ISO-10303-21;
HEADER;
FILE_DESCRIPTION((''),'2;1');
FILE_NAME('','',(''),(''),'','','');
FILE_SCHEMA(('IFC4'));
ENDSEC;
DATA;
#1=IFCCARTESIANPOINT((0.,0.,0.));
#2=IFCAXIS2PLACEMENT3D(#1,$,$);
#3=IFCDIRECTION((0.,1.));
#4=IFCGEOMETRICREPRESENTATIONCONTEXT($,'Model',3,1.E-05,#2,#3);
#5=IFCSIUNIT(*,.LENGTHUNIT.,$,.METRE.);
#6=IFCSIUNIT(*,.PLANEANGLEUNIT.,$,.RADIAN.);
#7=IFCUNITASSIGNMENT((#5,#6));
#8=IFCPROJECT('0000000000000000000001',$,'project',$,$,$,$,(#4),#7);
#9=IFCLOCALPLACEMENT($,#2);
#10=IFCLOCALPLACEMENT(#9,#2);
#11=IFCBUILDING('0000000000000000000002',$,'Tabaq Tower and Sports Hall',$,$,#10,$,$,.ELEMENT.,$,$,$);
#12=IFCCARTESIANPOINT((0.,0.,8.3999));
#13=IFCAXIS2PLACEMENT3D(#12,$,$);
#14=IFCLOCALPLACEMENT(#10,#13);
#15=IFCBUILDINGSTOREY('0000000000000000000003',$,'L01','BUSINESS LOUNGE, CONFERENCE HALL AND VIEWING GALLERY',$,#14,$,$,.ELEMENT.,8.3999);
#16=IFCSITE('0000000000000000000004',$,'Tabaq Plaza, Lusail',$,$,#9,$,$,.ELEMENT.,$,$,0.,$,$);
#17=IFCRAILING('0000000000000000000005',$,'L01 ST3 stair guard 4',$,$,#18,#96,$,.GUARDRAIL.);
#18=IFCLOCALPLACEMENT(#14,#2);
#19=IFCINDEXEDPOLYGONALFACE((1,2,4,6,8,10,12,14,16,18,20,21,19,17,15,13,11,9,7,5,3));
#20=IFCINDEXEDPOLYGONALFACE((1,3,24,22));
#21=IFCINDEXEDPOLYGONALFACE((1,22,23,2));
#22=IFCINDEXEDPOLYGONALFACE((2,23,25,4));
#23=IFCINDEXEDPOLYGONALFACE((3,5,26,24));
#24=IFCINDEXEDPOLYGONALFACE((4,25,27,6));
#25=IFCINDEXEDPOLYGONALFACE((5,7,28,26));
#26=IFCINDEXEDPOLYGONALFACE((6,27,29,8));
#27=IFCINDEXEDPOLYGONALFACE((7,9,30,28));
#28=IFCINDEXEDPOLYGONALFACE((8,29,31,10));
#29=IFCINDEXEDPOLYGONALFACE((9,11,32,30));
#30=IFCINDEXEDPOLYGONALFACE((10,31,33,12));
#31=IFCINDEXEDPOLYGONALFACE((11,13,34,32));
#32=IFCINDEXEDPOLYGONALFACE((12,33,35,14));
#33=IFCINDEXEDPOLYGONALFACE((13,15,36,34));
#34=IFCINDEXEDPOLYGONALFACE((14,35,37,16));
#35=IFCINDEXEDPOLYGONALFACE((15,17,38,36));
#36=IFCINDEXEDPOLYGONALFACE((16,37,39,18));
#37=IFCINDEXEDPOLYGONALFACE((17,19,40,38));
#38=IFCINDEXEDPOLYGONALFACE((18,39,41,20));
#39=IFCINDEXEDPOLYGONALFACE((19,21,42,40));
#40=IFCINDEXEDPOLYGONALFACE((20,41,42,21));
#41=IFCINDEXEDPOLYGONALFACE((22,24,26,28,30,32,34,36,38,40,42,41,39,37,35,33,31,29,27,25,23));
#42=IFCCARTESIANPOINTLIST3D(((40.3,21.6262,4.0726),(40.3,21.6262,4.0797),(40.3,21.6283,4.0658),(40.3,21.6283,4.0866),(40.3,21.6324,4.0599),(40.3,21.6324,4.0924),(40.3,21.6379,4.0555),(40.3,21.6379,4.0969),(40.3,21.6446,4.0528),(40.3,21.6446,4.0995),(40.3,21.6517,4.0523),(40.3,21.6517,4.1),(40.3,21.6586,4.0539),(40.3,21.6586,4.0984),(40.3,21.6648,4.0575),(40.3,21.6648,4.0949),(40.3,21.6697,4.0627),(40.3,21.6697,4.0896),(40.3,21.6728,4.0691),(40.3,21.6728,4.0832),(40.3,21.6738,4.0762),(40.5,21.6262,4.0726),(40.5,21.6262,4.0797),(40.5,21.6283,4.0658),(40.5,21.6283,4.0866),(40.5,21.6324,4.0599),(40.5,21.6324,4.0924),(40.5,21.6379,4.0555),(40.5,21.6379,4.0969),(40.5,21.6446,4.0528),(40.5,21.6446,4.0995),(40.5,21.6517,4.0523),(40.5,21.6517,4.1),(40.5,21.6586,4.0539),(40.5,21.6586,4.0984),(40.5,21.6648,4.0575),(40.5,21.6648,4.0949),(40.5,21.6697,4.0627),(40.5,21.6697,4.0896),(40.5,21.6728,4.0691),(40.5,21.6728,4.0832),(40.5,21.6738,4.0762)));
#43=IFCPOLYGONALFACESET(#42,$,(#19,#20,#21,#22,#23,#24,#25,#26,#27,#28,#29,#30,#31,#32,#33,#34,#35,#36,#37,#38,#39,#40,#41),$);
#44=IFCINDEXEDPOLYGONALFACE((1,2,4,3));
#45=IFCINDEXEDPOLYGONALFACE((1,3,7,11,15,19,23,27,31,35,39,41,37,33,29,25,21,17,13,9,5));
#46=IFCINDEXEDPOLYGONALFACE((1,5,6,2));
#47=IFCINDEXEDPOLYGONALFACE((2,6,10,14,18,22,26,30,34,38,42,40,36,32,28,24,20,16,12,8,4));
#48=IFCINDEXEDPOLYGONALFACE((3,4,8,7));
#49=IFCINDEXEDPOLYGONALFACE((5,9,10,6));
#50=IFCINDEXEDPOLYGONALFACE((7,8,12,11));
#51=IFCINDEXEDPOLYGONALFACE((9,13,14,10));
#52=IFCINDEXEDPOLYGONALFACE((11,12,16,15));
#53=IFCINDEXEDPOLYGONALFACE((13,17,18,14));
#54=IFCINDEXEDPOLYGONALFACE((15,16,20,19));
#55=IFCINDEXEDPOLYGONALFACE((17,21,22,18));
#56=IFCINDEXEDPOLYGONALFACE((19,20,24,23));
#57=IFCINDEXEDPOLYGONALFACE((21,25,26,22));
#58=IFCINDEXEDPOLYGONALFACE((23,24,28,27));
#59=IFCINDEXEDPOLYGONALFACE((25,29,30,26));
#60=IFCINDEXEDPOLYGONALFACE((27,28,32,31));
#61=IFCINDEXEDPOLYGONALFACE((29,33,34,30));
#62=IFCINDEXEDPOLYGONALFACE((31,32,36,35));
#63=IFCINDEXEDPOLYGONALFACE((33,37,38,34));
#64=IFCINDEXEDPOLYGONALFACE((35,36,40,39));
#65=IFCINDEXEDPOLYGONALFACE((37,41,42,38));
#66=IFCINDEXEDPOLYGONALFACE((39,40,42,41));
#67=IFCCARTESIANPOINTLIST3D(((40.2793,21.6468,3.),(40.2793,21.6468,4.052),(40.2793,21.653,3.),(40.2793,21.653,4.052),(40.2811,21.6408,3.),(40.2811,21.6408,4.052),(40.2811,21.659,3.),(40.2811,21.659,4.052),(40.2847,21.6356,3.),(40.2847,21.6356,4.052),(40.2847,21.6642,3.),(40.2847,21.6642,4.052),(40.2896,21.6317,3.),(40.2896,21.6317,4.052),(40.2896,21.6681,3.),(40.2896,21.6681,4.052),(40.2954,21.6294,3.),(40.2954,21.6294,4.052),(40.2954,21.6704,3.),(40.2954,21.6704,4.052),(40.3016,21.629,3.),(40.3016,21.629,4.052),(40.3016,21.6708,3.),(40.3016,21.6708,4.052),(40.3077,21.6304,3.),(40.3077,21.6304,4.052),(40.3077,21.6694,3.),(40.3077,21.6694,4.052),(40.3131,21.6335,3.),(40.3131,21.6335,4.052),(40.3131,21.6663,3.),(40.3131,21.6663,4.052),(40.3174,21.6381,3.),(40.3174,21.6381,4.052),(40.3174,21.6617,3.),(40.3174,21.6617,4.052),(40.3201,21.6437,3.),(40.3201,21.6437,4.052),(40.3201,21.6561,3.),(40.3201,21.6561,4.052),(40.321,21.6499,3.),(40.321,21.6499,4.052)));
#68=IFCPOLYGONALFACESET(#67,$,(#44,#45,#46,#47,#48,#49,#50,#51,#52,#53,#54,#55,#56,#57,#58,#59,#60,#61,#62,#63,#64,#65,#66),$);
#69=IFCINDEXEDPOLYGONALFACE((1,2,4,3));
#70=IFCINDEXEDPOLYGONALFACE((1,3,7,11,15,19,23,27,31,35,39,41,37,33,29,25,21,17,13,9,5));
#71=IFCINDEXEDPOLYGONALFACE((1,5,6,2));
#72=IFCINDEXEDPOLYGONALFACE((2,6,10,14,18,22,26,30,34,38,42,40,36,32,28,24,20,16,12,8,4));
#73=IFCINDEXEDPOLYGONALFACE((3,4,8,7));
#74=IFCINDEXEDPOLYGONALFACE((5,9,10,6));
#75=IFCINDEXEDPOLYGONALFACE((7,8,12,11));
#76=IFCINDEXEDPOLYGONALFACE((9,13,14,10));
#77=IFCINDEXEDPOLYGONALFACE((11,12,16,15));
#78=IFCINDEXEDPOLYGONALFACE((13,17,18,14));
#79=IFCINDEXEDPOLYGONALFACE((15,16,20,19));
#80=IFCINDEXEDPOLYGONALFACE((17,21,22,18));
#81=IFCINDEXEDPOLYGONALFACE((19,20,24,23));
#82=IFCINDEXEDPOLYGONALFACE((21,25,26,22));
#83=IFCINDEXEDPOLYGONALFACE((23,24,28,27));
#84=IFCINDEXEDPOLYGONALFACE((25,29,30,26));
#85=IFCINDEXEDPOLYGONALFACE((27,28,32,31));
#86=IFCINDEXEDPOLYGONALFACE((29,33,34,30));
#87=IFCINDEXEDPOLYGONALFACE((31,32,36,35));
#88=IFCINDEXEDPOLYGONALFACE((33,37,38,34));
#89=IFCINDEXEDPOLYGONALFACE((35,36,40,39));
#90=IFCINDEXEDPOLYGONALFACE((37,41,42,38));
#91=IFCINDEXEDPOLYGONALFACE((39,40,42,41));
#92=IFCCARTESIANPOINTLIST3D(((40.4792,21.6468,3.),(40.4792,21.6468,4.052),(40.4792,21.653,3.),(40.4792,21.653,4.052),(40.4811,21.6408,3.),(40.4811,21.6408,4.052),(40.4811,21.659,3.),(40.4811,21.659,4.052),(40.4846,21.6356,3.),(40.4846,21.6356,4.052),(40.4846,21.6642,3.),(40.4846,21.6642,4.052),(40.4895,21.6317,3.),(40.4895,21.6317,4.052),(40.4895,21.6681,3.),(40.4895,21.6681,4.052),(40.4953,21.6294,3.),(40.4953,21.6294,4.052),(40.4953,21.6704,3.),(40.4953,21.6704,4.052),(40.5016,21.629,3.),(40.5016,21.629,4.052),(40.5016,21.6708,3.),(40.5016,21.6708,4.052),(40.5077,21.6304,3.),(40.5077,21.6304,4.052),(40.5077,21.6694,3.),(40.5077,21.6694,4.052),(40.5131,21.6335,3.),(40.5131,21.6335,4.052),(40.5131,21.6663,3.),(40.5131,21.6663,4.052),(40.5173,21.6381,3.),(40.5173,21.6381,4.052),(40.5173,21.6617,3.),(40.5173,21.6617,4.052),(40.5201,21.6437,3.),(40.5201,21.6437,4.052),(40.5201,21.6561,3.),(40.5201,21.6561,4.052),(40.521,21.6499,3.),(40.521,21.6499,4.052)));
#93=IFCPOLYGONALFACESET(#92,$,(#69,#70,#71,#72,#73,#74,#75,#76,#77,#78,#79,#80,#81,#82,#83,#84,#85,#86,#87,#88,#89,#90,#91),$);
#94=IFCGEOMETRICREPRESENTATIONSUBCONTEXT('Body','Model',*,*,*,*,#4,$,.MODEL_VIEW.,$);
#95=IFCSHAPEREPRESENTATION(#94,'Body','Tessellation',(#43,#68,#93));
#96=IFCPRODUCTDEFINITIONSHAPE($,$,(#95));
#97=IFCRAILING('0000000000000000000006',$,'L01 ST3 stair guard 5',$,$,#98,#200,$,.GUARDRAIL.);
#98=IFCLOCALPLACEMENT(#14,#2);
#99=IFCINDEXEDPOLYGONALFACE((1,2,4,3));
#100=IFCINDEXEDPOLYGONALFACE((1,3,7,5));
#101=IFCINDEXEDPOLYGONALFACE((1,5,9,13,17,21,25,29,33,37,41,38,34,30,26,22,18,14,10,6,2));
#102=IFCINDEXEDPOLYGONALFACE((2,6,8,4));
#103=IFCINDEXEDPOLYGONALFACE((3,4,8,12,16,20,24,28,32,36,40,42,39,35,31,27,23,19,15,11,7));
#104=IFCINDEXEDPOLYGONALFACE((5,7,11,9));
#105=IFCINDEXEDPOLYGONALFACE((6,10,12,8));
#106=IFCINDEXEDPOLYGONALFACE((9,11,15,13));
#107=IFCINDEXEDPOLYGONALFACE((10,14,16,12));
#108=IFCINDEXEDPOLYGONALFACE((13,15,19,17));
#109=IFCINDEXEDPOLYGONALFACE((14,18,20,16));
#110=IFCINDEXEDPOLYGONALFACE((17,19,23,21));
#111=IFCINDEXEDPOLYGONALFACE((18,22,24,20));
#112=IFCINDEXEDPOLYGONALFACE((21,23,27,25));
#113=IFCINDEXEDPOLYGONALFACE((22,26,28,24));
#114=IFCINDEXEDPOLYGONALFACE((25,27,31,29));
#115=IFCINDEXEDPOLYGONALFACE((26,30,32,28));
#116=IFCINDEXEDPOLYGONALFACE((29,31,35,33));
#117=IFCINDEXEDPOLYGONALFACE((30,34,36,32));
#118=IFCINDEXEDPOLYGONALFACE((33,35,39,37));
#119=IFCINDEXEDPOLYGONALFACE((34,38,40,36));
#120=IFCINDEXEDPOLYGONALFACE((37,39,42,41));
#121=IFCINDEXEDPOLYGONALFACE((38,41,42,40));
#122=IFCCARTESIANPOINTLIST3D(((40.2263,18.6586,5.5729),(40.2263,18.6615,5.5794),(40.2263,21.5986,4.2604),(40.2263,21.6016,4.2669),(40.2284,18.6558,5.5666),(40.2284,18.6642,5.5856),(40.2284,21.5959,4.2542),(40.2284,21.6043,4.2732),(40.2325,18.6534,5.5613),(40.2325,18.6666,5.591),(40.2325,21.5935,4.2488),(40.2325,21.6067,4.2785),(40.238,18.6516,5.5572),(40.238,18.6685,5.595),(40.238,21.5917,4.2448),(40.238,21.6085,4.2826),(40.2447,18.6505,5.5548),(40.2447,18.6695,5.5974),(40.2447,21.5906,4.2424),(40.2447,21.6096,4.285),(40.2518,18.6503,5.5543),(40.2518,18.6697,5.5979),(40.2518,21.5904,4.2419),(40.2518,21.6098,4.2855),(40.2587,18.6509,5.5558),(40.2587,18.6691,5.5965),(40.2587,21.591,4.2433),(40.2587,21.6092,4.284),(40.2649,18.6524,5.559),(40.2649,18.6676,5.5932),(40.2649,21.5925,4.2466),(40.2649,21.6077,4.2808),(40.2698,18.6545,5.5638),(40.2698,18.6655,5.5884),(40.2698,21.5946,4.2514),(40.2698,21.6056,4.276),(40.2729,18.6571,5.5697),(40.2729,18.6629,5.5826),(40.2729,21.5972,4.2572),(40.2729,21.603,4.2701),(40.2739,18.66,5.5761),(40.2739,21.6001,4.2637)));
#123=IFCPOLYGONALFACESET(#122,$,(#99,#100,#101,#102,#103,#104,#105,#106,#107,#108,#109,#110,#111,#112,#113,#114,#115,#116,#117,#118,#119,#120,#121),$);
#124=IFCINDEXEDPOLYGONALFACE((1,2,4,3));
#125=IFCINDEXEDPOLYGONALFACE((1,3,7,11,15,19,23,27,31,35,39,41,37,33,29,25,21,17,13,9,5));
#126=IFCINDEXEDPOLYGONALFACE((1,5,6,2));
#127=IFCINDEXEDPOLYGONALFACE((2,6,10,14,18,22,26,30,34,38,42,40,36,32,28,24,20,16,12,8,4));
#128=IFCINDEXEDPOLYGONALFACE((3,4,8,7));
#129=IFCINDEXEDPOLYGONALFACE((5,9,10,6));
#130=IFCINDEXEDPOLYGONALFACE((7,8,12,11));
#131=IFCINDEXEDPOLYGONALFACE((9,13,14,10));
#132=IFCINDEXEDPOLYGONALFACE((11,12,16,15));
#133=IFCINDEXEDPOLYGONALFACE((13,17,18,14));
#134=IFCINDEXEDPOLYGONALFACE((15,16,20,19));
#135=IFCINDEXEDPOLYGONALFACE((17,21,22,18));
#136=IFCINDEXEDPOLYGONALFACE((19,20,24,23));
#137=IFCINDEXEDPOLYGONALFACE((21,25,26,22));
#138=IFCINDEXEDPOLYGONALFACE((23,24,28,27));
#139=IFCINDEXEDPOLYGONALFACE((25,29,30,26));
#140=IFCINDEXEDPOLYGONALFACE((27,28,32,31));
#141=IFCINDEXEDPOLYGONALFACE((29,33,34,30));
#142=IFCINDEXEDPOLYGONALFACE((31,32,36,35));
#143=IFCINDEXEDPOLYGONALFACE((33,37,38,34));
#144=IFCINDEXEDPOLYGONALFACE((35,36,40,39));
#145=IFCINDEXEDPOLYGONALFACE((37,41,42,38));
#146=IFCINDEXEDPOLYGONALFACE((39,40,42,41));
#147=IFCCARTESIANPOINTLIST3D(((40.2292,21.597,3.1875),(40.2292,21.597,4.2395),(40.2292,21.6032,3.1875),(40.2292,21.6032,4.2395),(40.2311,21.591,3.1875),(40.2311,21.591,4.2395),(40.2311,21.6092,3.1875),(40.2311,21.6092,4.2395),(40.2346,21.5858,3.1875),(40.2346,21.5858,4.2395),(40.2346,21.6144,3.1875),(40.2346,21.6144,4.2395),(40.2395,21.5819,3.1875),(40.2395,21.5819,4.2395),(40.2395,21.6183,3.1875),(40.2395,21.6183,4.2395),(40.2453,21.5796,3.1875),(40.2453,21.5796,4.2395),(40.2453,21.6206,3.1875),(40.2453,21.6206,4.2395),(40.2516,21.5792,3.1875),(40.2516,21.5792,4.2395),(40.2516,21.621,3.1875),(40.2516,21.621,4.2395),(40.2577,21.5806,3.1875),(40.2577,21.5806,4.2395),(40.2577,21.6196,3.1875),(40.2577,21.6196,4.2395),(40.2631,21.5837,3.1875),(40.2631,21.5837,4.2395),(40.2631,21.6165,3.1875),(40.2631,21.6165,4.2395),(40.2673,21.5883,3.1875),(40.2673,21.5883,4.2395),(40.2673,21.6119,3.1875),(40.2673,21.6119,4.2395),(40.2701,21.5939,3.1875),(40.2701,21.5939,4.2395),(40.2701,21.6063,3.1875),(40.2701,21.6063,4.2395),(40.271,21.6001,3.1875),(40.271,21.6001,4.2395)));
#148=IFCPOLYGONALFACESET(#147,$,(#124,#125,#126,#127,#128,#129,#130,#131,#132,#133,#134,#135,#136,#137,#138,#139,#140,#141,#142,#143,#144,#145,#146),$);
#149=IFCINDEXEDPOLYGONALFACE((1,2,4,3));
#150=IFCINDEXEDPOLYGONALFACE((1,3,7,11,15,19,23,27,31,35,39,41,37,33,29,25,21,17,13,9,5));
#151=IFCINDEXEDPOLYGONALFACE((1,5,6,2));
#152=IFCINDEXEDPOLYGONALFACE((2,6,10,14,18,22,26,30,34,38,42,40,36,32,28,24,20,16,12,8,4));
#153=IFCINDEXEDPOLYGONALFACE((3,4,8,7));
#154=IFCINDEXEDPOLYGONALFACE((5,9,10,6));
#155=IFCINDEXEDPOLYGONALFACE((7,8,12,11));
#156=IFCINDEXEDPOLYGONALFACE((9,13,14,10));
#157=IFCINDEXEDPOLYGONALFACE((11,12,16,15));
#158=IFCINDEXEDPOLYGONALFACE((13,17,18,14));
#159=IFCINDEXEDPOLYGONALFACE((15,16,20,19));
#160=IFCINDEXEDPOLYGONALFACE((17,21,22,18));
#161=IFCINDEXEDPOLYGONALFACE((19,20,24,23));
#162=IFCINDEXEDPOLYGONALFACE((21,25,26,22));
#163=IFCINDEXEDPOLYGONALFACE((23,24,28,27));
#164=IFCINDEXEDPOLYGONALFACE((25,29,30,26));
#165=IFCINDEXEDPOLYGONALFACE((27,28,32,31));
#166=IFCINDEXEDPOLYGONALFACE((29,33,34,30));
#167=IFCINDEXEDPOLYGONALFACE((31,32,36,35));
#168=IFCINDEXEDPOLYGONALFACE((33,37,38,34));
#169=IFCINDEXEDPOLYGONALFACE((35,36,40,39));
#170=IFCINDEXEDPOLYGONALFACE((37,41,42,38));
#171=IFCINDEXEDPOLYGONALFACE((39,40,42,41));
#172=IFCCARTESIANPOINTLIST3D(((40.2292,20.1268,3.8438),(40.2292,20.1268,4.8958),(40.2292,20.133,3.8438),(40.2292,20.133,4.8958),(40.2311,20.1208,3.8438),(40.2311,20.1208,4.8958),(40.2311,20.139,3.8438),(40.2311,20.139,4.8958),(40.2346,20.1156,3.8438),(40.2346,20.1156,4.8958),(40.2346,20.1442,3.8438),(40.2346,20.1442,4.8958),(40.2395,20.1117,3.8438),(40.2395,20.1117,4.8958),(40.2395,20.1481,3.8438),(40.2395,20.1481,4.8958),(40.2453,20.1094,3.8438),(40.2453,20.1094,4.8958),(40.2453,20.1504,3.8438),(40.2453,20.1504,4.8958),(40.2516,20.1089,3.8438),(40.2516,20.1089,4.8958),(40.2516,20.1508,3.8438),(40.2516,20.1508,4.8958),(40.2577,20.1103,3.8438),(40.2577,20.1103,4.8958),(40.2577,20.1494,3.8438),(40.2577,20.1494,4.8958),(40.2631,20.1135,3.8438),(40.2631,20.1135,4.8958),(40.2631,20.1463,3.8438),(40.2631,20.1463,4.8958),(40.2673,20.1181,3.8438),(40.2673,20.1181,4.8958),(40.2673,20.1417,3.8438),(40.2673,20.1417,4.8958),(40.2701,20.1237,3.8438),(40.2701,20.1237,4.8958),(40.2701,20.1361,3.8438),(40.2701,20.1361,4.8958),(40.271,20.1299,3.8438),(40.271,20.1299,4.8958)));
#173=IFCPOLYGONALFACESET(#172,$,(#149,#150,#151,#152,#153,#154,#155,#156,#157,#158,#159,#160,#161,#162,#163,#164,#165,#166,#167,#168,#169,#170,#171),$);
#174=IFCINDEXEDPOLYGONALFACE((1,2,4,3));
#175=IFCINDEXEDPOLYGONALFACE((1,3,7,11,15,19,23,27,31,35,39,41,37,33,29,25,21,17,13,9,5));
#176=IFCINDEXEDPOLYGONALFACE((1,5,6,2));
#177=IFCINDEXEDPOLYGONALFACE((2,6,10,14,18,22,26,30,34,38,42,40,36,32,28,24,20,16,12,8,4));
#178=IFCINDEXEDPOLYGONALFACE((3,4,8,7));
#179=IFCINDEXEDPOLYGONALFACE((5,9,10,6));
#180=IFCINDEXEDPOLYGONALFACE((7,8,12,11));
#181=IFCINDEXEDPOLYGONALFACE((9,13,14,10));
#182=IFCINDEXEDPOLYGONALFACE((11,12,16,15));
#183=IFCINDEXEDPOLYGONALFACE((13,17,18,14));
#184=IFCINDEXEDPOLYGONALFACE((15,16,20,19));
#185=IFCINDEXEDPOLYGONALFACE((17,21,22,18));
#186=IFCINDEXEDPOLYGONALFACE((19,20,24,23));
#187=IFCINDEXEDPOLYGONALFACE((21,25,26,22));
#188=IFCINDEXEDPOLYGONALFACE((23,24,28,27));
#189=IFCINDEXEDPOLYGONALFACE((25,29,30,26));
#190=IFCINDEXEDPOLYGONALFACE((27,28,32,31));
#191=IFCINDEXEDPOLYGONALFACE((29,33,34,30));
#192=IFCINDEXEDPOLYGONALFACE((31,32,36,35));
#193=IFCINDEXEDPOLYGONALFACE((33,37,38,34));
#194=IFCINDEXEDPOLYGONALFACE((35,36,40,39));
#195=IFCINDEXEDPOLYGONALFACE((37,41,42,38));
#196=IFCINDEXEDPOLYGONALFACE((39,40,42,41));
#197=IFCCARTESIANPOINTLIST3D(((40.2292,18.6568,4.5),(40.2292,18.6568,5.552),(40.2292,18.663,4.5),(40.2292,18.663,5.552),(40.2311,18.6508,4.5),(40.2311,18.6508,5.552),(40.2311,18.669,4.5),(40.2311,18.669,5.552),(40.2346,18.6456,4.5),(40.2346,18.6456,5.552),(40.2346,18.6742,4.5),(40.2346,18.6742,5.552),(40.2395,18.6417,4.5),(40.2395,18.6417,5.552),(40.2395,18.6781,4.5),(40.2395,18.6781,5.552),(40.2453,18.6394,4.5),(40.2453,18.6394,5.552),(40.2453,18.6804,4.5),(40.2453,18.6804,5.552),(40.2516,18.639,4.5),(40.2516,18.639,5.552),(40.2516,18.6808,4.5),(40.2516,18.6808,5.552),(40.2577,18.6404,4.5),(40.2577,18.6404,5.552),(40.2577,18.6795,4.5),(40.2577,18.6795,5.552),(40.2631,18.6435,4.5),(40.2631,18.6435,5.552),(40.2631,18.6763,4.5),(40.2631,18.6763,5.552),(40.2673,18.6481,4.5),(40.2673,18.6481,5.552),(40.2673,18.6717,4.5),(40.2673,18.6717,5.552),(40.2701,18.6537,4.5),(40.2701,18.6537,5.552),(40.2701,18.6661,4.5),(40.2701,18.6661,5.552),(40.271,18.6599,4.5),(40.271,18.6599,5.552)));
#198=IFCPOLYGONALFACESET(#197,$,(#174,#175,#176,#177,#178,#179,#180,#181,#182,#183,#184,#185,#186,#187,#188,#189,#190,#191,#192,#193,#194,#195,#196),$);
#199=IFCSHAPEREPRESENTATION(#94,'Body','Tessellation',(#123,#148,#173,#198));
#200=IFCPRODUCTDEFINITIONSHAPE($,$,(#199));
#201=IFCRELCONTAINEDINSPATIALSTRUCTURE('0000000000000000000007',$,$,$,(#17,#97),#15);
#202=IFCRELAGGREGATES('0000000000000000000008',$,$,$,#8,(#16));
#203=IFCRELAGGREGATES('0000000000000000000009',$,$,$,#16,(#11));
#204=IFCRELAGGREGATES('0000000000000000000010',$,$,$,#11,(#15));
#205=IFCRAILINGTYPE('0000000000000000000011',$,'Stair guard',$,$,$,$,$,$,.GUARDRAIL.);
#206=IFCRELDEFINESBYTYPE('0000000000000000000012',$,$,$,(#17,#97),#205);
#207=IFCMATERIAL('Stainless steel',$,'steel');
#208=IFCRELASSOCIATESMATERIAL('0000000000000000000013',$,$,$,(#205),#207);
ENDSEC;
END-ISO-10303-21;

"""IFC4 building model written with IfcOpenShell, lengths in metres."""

from ifc_helpers import new_model, si_unit, direction, frame, origin, origin_2d, place, context, subcontext, project, spatial, circle, extrude, material, type_object, element, save


model = new_model("IFC4")

# Units and contexts
model_context = context("Model", 3, precision=1e-05, world=origin(), true_north=direction((0.0, 1.0)))
body_context = subcontext(model_context, "Body", "Model", "MODEL_VIEW")
ifc_project = project(units=[si_unit("LENGTHUNIT", "METRE"), si_unit("PLANEANGLEUNIT", "RADIAN")], contexts=[model_context])

# Site, building, storey
site_placement = place(None, origin())
site = spatial("IfcSite", under=ifc_project, at=site_placement, Name="Tabaq Plaza, Lusail", CompositionType="ELEMENT", RefElevation=0.0)
building_placement = place(site_placement, origin())
building = spatial("IfcBuilding", under=site, at=building_placement, Name="Tabaq Tower and Sports Hall", CompositionType="ELEMENT")
storey_placement = place(building_placement, frame((0.0, 0.0, 8.3999)))
storey = spatial("IfcBuildingStorey", under=building, at=storey_placement, Name="L01", Description="BUSINESS LOUNGE, CONFERENCE HALL AND VIEWING GALLERY", CompositionType="ELEMENT", Elevation=8.3999)

# Railings
ifc_material_1 = material(Name="Stainless steel", Category="steel")
railing_type = type_object("IfcRailingType", Name="Stair guard", PredefinedType="GUARDRAIL", material=ifc_material_1)
railing_1_placement = place(storey_placement, frame((40.3, 21.6499, 3.0)))
element("IfcRailing", 1, at=railing_1_placement, inside=storey, type_object=railing_type, Name="L01 ST3 stair guard 4", PredefinedType="GUARDRAIL", context=body_context, shape_type="SweptSolid", body=[
    extrude(circle(Radius=0.0239, at=origin_2d()), frame((0.0, 0.0, 1.0762), z_axis=(1.0, 0.0, 0.0), x_axis=(0.0, 1.0, 0.0)), (0.0, 0.0, 1.0), 0.2),
    extrude(circle(Radius=0.021, at=origin_2d()), origin(), (0.0, 0.0, 1.0), 1.052),
    extrude(circle(Radius=0.021, at=origin_2d()), frame((0.2, 0.0, 0.0)), (0.0, 0.0, 1.0), 1.052),
])
railing_2_placement = place(storey_placement, frame((40.25, 21.6001, 3.1875)))
element("IfcRailing", 2, at=railing_2_placement, inside=storey, type_object=railing_type, Name="L01 ST3 stair guard 5", PredefinedType="GUARDRAIL", context=body_context, shape_type="SweptSolid", body=[
    extrude(circle(Radius=0.0239, at=origin_2d()), frame((0.0, 0.0, 1.0762), z_axis=(0.0, -0.913147, 0.407629), x_axis=(1.0, 0.0, 0.0)), (0.0, 0.0, 1.0), 3.2197),
    extrude(circle(Radius=0.021, at=origin_2d()), origin(), (0.0, 0.0, 1.0), 1.052),
    extrude(circle(Radius=0.021, at=origin_2d()), frame((0.0, -1.4702, 0.6562)), (0.0, 0.0, 1.0), 1.052),
    extrude(circle(Radius=0.021, at=origin_2d()), frame((0.0, -2.9402, 1.3125)), (0.0, 0.0, 1.0), 1.052),
])

save(model, "model.ifc")
